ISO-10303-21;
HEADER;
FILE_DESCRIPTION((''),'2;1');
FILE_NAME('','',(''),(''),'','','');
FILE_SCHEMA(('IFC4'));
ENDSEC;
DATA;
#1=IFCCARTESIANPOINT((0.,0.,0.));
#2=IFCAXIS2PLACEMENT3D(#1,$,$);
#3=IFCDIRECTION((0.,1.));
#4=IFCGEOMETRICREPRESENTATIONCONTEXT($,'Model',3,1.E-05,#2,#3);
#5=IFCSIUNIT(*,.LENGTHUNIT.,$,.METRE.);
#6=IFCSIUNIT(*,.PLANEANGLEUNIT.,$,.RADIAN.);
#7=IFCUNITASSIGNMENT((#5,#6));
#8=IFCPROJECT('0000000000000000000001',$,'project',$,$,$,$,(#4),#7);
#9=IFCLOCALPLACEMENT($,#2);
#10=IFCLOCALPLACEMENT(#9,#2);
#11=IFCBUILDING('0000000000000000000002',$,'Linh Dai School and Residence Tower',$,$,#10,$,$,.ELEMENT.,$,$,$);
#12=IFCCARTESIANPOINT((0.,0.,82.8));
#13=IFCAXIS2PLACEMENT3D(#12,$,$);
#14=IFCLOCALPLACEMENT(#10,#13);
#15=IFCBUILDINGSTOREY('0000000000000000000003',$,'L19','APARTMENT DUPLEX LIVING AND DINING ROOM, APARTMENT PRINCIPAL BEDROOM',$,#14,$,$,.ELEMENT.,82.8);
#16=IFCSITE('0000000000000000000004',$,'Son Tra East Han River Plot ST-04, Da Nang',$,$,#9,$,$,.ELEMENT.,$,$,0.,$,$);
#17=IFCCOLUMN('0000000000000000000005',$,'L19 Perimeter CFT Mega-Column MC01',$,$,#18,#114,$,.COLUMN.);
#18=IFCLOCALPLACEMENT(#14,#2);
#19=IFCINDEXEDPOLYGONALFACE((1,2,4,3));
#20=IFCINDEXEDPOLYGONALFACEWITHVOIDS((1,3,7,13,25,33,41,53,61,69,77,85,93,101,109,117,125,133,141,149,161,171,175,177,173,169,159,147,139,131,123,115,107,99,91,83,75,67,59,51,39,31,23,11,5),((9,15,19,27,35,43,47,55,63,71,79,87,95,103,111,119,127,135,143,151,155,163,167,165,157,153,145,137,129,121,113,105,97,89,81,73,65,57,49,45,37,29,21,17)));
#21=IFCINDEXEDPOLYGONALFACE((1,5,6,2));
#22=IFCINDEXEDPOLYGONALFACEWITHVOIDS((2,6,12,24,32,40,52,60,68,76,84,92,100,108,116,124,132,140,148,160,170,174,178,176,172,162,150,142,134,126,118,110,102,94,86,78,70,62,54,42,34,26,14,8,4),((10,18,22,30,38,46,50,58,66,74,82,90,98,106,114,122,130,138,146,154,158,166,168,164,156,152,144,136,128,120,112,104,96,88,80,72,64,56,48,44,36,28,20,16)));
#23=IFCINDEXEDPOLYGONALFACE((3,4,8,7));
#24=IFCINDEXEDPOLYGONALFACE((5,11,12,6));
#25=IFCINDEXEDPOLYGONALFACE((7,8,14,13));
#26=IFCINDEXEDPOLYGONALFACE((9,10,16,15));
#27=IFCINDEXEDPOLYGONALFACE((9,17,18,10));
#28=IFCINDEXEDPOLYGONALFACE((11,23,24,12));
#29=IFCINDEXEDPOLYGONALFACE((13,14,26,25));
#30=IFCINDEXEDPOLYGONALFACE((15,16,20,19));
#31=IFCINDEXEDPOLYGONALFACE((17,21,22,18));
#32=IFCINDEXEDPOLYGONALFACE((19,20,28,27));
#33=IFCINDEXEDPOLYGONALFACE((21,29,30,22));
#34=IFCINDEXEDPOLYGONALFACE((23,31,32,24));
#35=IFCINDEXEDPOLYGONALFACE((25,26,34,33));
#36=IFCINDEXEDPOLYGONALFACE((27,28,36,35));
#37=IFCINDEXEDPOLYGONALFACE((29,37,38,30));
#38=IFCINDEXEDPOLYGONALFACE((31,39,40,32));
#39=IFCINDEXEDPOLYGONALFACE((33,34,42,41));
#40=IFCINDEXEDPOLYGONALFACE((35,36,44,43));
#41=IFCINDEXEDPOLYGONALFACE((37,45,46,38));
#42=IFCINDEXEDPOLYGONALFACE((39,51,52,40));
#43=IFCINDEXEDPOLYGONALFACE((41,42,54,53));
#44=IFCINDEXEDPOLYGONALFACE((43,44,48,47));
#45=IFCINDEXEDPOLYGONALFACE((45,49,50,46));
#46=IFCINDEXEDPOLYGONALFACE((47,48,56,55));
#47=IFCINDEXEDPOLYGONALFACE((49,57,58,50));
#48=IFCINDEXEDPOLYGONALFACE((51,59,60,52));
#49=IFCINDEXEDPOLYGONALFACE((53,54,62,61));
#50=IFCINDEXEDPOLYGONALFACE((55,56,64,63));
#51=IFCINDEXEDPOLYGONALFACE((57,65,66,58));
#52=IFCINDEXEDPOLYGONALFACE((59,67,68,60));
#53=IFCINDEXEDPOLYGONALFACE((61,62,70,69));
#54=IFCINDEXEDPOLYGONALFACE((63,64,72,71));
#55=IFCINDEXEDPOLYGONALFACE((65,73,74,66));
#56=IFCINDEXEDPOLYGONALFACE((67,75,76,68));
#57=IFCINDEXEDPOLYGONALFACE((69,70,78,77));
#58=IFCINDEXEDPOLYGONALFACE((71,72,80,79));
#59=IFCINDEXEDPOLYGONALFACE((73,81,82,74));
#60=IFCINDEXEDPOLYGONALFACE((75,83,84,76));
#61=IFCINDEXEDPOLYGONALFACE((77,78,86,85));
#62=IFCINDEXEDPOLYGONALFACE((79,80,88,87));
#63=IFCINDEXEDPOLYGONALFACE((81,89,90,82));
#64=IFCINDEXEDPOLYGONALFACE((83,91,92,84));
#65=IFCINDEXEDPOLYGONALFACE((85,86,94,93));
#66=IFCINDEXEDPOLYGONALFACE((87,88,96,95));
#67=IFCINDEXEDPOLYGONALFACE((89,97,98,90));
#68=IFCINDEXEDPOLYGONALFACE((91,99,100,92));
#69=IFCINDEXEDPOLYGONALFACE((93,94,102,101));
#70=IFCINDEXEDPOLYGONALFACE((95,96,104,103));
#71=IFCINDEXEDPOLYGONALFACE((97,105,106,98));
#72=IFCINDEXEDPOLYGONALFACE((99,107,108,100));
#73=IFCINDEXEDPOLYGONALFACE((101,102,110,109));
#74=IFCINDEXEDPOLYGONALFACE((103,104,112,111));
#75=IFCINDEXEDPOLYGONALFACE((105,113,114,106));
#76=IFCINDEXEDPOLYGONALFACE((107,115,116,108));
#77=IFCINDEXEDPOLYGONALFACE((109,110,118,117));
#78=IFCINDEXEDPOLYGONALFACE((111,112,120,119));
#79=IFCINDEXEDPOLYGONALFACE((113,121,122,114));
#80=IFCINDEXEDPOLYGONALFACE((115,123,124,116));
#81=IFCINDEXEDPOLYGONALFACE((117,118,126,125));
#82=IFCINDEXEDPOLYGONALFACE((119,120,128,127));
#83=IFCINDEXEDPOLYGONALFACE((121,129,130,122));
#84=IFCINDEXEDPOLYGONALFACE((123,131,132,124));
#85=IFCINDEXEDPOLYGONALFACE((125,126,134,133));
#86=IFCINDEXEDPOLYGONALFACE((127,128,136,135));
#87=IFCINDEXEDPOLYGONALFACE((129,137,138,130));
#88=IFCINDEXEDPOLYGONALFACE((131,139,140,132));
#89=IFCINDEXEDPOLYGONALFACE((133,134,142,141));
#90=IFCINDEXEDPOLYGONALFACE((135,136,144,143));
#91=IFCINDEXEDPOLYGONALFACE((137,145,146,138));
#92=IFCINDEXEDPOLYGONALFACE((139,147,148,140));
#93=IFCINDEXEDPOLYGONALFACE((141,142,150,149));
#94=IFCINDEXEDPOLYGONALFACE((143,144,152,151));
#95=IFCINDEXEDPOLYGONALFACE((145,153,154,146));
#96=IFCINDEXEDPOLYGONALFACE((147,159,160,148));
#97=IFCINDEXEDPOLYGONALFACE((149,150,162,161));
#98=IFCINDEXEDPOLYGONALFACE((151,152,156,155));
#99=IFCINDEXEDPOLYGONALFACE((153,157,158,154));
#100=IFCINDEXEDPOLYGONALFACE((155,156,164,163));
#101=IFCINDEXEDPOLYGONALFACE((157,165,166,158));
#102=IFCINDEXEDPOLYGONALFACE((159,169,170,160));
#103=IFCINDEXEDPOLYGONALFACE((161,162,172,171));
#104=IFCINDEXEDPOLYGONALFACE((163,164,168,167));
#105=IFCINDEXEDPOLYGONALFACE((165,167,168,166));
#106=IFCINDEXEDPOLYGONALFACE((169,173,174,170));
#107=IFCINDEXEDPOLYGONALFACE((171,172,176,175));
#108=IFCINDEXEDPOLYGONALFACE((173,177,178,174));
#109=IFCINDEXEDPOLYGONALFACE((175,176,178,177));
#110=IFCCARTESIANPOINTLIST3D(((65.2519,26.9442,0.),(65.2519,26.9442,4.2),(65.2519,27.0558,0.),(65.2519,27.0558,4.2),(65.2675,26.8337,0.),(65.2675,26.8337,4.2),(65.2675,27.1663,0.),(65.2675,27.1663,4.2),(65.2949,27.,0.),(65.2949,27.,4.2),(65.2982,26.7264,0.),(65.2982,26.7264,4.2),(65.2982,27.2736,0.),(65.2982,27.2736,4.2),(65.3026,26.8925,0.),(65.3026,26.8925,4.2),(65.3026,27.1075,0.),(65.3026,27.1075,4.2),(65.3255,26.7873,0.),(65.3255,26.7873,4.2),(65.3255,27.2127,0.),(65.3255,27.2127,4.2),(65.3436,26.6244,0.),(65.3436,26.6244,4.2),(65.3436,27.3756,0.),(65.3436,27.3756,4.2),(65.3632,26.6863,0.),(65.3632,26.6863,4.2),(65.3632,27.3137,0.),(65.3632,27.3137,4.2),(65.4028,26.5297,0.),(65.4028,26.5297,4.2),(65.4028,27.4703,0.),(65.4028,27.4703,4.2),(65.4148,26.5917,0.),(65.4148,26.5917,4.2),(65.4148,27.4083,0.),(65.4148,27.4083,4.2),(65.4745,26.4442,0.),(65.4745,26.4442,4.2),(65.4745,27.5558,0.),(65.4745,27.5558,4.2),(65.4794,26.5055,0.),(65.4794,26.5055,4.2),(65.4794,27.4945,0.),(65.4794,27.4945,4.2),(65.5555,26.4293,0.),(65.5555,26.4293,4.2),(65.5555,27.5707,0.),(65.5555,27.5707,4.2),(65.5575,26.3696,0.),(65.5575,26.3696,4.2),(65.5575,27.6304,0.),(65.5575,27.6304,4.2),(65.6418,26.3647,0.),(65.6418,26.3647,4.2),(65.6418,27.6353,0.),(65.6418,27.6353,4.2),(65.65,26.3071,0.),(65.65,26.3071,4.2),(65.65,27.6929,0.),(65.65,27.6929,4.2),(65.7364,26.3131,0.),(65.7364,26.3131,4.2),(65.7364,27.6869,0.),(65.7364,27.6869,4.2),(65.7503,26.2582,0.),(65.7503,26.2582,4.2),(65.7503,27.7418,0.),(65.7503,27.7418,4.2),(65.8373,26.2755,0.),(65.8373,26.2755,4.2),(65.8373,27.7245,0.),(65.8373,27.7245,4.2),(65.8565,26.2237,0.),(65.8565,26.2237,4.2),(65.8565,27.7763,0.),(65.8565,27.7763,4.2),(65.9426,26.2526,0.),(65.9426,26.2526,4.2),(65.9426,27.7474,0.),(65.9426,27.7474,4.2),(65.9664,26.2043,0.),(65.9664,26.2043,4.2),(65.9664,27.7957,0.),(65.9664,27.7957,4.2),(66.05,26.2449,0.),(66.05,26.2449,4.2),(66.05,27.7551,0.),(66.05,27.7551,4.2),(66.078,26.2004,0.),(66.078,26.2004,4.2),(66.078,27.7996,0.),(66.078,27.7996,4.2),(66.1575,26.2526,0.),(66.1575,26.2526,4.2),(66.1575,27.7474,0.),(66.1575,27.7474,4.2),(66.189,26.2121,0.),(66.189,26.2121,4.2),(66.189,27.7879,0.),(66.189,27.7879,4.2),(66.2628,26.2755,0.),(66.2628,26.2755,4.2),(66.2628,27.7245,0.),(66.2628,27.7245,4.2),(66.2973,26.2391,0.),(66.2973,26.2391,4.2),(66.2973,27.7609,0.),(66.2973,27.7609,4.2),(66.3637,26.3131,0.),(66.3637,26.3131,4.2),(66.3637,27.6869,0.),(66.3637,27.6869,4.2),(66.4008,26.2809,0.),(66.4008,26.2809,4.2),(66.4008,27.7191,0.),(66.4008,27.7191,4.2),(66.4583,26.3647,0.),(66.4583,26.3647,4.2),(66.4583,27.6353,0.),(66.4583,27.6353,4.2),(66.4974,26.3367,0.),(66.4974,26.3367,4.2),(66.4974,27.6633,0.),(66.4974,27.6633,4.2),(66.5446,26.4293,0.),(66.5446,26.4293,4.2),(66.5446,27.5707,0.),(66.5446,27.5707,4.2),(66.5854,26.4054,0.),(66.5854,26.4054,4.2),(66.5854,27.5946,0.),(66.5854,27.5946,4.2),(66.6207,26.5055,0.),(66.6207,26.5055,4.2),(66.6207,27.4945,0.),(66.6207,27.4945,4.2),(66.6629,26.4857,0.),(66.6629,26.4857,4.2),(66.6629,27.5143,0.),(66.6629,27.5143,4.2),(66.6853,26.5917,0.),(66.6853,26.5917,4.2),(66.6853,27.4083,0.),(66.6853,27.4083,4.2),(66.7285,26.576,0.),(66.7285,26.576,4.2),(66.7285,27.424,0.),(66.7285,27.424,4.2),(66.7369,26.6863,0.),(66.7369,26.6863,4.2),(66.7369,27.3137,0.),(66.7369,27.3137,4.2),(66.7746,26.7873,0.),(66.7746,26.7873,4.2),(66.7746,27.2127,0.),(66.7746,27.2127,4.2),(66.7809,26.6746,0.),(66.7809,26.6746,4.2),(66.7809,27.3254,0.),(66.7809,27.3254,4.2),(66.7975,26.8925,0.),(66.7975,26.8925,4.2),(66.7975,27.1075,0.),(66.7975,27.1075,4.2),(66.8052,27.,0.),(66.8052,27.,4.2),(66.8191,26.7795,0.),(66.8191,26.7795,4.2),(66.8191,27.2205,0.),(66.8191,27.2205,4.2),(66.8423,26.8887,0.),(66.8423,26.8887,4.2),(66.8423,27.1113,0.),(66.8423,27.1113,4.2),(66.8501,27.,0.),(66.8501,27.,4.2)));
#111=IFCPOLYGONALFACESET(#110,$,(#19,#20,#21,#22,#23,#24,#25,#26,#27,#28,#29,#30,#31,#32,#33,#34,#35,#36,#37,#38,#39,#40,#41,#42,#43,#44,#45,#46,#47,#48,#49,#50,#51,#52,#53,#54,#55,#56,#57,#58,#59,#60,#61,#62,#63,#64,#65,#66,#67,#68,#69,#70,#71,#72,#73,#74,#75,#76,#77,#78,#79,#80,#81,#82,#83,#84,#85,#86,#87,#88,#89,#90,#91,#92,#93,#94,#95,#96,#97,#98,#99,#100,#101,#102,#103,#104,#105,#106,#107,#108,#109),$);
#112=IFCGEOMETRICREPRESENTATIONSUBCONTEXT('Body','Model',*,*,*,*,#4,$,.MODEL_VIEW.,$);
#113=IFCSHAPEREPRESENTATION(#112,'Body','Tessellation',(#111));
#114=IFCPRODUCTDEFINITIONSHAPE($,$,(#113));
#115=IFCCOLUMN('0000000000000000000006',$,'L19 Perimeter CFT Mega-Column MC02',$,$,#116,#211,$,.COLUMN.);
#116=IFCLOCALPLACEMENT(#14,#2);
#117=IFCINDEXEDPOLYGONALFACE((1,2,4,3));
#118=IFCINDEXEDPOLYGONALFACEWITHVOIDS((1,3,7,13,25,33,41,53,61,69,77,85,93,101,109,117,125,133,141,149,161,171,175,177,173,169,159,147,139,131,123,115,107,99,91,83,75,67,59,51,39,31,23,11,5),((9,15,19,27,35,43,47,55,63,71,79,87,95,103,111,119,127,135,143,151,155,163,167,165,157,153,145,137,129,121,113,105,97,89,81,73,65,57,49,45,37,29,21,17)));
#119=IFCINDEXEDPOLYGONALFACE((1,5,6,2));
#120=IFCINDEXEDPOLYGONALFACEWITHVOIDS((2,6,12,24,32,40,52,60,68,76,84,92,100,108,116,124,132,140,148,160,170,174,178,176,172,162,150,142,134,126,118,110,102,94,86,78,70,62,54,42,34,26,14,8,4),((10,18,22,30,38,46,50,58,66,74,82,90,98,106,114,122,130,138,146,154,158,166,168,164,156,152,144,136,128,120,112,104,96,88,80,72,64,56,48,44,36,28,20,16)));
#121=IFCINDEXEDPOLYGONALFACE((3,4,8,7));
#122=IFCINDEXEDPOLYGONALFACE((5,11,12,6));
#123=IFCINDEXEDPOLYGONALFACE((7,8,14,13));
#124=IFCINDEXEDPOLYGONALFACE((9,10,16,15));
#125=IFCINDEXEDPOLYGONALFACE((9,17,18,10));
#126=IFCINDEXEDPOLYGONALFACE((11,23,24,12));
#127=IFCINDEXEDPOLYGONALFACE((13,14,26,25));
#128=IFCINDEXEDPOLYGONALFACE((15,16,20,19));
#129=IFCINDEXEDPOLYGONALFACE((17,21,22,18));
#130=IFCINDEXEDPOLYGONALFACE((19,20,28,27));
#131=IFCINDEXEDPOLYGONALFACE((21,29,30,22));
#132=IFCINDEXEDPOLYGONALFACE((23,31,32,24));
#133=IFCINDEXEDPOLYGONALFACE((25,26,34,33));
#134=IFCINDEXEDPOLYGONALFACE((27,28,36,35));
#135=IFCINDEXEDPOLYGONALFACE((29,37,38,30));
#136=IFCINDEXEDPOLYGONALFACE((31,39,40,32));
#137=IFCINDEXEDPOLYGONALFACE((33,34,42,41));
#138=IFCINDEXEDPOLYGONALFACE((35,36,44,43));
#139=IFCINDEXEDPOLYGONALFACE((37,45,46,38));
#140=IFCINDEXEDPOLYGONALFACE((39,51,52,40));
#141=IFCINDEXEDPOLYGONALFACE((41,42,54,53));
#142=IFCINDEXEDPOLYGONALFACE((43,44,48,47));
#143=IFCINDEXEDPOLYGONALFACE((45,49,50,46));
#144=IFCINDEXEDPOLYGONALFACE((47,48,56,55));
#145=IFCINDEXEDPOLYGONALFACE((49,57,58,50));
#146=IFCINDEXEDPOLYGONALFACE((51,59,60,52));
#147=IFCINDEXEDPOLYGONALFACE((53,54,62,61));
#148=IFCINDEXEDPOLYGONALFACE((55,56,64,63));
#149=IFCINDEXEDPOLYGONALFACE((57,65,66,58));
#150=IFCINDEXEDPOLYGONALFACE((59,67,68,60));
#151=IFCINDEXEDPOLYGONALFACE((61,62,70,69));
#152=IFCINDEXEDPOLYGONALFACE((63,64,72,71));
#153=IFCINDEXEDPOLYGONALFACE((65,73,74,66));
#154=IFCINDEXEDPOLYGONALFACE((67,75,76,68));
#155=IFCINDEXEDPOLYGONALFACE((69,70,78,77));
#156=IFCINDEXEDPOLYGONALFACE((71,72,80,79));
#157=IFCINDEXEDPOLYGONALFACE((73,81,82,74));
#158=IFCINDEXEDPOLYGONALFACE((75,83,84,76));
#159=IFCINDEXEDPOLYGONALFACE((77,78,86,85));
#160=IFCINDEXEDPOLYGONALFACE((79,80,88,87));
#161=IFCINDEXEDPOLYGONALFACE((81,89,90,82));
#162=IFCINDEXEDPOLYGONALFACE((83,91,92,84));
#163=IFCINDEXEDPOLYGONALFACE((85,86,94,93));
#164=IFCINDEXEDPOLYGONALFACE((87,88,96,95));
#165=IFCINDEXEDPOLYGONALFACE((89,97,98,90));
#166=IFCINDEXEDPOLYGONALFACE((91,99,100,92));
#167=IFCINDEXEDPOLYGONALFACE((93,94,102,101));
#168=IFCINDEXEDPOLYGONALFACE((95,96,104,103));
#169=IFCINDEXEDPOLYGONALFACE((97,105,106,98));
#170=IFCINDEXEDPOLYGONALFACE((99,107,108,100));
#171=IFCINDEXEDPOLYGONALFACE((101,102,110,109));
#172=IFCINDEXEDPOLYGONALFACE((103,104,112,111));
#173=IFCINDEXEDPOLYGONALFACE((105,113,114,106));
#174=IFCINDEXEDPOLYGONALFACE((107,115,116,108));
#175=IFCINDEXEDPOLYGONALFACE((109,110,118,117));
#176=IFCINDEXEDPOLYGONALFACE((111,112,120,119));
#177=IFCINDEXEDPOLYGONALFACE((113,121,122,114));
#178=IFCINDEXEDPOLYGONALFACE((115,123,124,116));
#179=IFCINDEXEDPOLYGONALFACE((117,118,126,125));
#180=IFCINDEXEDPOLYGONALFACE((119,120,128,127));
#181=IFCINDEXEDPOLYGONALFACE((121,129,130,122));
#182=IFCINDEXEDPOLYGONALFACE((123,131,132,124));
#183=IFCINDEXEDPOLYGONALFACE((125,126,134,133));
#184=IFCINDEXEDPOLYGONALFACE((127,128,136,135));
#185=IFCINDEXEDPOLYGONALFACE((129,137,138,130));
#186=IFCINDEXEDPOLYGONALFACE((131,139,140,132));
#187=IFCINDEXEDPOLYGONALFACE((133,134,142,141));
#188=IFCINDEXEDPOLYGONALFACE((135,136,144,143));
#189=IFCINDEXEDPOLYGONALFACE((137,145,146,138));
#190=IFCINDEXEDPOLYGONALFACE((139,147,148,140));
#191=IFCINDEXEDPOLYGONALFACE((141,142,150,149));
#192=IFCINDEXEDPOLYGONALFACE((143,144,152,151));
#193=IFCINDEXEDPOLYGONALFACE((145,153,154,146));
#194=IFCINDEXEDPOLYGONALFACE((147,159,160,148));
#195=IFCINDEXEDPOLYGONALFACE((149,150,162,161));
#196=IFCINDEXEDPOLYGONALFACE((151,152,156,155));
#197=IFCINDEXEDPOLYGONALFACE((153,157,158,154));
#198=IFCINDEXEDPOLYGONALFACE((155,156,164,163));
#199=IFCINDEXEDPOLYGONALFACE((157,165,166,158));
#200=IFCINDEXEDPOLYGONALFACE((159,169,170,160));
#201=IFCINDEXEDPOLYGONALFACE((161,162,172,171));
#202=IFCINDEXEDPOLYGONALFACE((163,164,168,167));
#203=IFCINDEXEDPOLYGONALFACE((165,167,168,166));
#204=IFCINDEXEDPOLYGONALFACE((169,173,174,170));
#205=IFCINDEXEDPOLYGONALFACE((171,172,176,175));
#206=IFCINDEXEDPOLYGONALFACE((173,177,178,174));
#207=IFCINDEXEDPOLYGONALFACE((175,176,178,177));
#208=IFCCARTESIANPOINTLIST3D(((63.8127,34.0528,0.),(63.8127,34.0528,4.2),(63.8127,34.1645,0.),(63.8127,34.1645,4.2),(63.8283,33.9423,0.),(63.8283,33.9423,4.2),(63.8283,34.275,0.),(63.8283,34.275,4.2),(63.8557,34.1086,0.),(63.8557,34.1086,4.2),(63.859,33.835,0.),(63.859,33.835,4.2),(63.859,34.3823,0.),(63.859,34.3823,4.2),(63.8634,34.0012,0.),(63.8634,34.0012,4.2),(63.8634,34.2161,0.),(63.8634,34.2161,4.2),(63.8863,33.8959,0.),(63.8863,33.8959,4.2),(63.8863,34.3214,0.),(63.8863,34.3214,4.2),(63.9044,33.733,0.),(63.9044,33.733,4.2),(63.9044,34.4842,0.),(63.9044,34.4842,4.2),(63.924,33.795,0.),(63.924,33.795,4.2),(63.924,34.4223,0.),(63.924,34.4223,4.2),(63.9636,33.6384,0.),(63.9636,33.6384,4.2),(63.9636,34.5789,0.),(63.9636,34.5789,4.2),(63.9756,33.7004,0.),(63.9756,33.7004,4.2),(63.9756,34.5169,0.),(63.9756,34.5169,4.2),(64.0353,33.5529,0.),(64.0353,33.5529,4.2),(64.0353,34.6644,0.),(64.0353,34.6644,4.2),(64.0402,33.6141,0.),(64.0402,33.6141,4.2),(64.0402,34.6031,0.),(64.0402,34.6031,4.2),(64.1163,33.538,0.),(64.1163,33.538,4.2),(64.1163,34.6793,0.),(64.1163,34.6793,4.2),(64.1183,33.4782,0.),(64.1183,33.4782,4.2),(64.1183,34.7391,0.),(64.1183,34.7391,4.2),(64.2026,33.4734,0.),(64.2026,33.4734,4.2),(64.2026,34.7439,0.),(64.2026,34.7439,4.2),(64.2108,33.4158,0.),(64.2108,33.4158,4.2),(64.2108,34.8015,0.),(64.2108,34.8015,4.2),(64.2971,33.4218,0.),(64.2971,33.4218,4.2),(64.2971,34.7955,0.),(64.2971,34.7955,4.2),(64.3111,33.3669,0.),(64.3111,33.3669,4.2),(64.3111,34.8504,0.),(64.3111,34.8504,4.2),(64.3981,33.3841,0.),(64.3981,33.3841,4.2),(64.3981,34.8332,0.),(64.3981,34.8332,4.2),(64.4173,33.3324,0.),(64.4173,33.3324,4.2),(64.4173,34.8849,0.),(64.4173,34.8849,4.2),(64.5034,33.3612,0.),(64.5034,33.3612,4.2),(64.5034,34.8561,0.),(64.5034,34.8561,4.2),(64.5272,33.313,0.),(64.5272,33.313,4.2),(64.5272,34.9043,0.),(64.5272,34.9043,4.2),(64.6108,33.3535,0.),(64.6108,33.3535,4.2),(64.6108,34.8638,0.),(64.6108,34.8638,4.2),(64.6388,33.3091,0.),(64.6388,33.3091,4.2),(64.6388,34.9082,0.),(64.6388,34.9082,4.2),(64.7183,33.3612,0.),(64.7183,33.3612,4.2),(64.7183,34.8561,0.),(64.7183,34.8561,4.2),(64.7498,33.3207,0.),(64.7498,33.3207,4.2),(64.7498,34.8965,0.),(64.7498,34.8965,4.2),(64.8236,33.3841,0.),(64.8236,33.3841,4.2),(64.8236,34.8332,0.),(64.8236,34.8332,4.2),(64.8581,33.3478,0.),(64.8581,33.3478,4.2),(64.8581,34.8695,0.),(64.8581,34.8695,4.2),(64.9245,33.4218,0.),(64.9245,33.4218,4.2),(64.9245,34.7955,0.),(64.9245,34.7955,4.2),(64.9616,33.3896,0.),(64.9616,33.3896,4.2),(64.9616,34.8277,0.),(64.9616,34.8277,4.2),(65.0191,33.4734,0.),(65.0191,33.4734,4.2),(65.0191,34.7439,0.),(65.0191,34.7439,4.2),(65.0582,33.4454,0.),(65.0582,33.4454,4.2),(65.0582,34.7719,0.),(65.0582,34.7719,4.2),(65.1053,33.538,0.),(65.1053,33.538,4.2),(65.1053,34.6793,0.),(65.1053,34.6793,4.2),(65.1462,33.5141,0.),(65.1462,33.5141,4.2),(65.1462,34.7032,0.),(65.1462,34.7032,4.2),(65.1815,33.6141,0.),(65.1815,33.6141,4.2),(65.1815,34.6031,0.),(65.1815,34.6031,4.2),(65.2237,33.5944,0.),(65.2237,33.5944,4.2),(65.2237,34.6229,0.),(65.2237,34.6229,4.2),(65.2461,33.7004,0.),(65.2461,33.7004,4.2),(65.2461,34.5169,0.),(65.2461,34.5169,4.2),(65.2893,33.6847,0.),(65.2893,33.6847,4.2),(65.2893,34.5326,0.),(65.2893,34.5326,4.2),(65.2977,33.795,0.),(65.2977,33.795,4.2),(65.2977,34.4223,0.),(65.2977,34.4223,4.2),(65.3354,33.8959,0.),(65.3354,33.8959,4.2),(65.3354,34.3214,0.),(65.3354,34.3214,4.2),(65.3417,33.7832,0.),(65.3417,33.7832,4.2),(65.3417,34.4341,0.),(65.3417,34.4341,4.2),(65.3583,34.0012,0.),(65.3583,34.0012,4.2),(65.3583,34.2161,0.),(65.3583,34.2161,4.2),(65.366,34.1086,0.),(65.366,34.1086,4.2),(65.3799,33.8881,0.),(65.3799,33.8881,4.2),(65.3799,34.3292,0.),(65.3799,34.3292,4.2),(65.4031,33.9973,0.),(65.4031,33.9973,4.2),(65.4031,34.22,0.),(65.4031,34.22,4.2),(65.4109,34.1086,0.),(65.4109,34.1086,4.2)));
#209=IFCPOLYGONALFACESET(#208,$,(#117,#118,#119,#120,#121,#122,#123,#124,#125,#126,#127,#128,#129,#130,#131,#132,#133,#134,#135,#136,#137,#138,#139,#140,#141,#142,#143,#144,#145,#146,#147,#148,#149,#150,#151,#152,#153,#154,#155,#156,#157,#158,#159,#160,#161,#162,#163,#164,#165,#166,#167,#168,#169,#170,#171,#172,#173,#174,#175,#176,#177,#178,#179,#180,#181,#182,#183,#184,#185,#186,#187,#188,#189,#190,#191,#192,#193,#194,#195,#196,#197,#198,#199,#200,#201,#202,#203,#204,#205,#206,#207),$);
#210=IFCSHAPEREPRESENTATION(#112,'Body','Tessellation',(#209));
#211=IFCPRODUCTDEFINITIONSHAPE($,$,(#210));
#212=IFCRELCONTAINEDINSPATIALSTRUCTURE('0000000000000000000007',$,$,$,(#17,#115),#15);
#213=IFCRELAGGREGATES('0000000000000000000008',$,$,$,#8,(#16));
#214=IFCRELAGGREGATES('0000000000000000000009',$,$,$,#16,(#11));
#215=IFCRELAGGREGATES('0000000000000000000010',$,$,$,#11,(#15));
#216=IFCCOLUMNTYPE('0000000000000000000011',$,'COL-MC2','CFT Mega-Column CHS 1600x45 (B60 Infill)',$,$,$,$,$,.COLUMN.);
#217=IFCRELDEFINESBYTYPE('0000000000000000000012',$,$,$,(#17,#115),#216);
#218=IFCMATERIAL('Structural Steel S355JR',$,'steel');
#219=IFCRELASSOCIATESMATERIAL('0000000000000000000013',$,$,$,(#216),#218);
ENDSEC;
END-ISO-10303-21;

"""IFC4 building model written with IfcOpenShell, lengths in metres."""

from ifc_helpers import new_model, si_unit, direction, frame, origin, origin_2d, place, context, subcontext, project, spatial, hollow_circle, extrude, material, material_profile, profile_set, type_object, element, save


model = new_model("IFC4")

# Units and contexts
model_context = context("Model", 3, precision=1e-05, world=origin(), true_north=direction((0.0, 1.0)))
body_context = subcontext(model_context, "Body", "Model", "MODEL_VIEW")
ifc_project = project(units=[si_unit("LENGTHUNIT", "METRE"), si_unit("PLANEANGLEUNIT", "RADIAN")], contexts=[model_context])

# Site, building, storey
site_placement = place(None, origin())
site = spatial("IfcSite", under=ifc_project, at=site_placement, Name="Son Tra East Han River Plot ST-04, Da Nang", CompositionType="ELEMENT", RefElevation=0.0)
building_placement = place(site_placement, origin())
building = spatial("IfcBuilding", under=site, at=building_placement, Name="Linh Dai School and Residence Tower", CompositionType="ELEMENT")
storey_placement = place(building_placement, frame((0.0, 0.0, 82.8)))
storey = spatial("IfcBuildingStorey", under=building, at=storey_placement, Name="L19", Description="APARTMENT DUPLEX LIVING AND DINING ROOM, APARTMENT PRINCIPAL BEDROOM", CompositionType="ELEMENT", Elevation=82.8)

# Columns
ifc_material_1 = material(Name="Structural Steel S355JR", Category="steel")
ifc_material_profile_1 = material_profile(ifc_material_1, hollow_circle(Radius=0.8, WallThickness=0.0449, at=origin_2d()), Name="CHS 1600x45")
ifc_profile_set_1 = profile_set([ifc_material_profile_1], Name="Structural Steel S355JR")
column_type = type_object("IfcColumnType", Name="COL-MC2", Description="CFT Mega-Column CHS 1600x45 (B60 Infill)", PredefinedType="COLUMN", material=ifc_profile_set_1)
for number, where, z_axis, x_axis, name in (
    (1, (66.05, 27.0, 0.0), (0.0, 0.0, 1.0), (1.0, 0.0, 0.0), "L19 Perimeter CFT Mega-Column MC01"),
    (2, (64.6108, 34.1086, 0.0), (0.0, 0.0, 1.0), (1.0, 0.0, 0.0), "L19 Perimeter CFT Mega-Column MC02"),
):
    element("IfcColumn", number, at=place(storey_placement, frame(where, z_axis=z_axis, x_axis=x_axis)), inside=storey, type_object=column_type, Name=name, PredefinedType="COLUMN", context=body_context, shape_type="SweptSolid", body=[
        extrude(hollow_circle(Radius=0.8, WallThickness=0.0449, at=origin_2d()), origin(), (0.0, 0.0, 1.0), 4.2),
    ])

save(model, "model.ifc")
